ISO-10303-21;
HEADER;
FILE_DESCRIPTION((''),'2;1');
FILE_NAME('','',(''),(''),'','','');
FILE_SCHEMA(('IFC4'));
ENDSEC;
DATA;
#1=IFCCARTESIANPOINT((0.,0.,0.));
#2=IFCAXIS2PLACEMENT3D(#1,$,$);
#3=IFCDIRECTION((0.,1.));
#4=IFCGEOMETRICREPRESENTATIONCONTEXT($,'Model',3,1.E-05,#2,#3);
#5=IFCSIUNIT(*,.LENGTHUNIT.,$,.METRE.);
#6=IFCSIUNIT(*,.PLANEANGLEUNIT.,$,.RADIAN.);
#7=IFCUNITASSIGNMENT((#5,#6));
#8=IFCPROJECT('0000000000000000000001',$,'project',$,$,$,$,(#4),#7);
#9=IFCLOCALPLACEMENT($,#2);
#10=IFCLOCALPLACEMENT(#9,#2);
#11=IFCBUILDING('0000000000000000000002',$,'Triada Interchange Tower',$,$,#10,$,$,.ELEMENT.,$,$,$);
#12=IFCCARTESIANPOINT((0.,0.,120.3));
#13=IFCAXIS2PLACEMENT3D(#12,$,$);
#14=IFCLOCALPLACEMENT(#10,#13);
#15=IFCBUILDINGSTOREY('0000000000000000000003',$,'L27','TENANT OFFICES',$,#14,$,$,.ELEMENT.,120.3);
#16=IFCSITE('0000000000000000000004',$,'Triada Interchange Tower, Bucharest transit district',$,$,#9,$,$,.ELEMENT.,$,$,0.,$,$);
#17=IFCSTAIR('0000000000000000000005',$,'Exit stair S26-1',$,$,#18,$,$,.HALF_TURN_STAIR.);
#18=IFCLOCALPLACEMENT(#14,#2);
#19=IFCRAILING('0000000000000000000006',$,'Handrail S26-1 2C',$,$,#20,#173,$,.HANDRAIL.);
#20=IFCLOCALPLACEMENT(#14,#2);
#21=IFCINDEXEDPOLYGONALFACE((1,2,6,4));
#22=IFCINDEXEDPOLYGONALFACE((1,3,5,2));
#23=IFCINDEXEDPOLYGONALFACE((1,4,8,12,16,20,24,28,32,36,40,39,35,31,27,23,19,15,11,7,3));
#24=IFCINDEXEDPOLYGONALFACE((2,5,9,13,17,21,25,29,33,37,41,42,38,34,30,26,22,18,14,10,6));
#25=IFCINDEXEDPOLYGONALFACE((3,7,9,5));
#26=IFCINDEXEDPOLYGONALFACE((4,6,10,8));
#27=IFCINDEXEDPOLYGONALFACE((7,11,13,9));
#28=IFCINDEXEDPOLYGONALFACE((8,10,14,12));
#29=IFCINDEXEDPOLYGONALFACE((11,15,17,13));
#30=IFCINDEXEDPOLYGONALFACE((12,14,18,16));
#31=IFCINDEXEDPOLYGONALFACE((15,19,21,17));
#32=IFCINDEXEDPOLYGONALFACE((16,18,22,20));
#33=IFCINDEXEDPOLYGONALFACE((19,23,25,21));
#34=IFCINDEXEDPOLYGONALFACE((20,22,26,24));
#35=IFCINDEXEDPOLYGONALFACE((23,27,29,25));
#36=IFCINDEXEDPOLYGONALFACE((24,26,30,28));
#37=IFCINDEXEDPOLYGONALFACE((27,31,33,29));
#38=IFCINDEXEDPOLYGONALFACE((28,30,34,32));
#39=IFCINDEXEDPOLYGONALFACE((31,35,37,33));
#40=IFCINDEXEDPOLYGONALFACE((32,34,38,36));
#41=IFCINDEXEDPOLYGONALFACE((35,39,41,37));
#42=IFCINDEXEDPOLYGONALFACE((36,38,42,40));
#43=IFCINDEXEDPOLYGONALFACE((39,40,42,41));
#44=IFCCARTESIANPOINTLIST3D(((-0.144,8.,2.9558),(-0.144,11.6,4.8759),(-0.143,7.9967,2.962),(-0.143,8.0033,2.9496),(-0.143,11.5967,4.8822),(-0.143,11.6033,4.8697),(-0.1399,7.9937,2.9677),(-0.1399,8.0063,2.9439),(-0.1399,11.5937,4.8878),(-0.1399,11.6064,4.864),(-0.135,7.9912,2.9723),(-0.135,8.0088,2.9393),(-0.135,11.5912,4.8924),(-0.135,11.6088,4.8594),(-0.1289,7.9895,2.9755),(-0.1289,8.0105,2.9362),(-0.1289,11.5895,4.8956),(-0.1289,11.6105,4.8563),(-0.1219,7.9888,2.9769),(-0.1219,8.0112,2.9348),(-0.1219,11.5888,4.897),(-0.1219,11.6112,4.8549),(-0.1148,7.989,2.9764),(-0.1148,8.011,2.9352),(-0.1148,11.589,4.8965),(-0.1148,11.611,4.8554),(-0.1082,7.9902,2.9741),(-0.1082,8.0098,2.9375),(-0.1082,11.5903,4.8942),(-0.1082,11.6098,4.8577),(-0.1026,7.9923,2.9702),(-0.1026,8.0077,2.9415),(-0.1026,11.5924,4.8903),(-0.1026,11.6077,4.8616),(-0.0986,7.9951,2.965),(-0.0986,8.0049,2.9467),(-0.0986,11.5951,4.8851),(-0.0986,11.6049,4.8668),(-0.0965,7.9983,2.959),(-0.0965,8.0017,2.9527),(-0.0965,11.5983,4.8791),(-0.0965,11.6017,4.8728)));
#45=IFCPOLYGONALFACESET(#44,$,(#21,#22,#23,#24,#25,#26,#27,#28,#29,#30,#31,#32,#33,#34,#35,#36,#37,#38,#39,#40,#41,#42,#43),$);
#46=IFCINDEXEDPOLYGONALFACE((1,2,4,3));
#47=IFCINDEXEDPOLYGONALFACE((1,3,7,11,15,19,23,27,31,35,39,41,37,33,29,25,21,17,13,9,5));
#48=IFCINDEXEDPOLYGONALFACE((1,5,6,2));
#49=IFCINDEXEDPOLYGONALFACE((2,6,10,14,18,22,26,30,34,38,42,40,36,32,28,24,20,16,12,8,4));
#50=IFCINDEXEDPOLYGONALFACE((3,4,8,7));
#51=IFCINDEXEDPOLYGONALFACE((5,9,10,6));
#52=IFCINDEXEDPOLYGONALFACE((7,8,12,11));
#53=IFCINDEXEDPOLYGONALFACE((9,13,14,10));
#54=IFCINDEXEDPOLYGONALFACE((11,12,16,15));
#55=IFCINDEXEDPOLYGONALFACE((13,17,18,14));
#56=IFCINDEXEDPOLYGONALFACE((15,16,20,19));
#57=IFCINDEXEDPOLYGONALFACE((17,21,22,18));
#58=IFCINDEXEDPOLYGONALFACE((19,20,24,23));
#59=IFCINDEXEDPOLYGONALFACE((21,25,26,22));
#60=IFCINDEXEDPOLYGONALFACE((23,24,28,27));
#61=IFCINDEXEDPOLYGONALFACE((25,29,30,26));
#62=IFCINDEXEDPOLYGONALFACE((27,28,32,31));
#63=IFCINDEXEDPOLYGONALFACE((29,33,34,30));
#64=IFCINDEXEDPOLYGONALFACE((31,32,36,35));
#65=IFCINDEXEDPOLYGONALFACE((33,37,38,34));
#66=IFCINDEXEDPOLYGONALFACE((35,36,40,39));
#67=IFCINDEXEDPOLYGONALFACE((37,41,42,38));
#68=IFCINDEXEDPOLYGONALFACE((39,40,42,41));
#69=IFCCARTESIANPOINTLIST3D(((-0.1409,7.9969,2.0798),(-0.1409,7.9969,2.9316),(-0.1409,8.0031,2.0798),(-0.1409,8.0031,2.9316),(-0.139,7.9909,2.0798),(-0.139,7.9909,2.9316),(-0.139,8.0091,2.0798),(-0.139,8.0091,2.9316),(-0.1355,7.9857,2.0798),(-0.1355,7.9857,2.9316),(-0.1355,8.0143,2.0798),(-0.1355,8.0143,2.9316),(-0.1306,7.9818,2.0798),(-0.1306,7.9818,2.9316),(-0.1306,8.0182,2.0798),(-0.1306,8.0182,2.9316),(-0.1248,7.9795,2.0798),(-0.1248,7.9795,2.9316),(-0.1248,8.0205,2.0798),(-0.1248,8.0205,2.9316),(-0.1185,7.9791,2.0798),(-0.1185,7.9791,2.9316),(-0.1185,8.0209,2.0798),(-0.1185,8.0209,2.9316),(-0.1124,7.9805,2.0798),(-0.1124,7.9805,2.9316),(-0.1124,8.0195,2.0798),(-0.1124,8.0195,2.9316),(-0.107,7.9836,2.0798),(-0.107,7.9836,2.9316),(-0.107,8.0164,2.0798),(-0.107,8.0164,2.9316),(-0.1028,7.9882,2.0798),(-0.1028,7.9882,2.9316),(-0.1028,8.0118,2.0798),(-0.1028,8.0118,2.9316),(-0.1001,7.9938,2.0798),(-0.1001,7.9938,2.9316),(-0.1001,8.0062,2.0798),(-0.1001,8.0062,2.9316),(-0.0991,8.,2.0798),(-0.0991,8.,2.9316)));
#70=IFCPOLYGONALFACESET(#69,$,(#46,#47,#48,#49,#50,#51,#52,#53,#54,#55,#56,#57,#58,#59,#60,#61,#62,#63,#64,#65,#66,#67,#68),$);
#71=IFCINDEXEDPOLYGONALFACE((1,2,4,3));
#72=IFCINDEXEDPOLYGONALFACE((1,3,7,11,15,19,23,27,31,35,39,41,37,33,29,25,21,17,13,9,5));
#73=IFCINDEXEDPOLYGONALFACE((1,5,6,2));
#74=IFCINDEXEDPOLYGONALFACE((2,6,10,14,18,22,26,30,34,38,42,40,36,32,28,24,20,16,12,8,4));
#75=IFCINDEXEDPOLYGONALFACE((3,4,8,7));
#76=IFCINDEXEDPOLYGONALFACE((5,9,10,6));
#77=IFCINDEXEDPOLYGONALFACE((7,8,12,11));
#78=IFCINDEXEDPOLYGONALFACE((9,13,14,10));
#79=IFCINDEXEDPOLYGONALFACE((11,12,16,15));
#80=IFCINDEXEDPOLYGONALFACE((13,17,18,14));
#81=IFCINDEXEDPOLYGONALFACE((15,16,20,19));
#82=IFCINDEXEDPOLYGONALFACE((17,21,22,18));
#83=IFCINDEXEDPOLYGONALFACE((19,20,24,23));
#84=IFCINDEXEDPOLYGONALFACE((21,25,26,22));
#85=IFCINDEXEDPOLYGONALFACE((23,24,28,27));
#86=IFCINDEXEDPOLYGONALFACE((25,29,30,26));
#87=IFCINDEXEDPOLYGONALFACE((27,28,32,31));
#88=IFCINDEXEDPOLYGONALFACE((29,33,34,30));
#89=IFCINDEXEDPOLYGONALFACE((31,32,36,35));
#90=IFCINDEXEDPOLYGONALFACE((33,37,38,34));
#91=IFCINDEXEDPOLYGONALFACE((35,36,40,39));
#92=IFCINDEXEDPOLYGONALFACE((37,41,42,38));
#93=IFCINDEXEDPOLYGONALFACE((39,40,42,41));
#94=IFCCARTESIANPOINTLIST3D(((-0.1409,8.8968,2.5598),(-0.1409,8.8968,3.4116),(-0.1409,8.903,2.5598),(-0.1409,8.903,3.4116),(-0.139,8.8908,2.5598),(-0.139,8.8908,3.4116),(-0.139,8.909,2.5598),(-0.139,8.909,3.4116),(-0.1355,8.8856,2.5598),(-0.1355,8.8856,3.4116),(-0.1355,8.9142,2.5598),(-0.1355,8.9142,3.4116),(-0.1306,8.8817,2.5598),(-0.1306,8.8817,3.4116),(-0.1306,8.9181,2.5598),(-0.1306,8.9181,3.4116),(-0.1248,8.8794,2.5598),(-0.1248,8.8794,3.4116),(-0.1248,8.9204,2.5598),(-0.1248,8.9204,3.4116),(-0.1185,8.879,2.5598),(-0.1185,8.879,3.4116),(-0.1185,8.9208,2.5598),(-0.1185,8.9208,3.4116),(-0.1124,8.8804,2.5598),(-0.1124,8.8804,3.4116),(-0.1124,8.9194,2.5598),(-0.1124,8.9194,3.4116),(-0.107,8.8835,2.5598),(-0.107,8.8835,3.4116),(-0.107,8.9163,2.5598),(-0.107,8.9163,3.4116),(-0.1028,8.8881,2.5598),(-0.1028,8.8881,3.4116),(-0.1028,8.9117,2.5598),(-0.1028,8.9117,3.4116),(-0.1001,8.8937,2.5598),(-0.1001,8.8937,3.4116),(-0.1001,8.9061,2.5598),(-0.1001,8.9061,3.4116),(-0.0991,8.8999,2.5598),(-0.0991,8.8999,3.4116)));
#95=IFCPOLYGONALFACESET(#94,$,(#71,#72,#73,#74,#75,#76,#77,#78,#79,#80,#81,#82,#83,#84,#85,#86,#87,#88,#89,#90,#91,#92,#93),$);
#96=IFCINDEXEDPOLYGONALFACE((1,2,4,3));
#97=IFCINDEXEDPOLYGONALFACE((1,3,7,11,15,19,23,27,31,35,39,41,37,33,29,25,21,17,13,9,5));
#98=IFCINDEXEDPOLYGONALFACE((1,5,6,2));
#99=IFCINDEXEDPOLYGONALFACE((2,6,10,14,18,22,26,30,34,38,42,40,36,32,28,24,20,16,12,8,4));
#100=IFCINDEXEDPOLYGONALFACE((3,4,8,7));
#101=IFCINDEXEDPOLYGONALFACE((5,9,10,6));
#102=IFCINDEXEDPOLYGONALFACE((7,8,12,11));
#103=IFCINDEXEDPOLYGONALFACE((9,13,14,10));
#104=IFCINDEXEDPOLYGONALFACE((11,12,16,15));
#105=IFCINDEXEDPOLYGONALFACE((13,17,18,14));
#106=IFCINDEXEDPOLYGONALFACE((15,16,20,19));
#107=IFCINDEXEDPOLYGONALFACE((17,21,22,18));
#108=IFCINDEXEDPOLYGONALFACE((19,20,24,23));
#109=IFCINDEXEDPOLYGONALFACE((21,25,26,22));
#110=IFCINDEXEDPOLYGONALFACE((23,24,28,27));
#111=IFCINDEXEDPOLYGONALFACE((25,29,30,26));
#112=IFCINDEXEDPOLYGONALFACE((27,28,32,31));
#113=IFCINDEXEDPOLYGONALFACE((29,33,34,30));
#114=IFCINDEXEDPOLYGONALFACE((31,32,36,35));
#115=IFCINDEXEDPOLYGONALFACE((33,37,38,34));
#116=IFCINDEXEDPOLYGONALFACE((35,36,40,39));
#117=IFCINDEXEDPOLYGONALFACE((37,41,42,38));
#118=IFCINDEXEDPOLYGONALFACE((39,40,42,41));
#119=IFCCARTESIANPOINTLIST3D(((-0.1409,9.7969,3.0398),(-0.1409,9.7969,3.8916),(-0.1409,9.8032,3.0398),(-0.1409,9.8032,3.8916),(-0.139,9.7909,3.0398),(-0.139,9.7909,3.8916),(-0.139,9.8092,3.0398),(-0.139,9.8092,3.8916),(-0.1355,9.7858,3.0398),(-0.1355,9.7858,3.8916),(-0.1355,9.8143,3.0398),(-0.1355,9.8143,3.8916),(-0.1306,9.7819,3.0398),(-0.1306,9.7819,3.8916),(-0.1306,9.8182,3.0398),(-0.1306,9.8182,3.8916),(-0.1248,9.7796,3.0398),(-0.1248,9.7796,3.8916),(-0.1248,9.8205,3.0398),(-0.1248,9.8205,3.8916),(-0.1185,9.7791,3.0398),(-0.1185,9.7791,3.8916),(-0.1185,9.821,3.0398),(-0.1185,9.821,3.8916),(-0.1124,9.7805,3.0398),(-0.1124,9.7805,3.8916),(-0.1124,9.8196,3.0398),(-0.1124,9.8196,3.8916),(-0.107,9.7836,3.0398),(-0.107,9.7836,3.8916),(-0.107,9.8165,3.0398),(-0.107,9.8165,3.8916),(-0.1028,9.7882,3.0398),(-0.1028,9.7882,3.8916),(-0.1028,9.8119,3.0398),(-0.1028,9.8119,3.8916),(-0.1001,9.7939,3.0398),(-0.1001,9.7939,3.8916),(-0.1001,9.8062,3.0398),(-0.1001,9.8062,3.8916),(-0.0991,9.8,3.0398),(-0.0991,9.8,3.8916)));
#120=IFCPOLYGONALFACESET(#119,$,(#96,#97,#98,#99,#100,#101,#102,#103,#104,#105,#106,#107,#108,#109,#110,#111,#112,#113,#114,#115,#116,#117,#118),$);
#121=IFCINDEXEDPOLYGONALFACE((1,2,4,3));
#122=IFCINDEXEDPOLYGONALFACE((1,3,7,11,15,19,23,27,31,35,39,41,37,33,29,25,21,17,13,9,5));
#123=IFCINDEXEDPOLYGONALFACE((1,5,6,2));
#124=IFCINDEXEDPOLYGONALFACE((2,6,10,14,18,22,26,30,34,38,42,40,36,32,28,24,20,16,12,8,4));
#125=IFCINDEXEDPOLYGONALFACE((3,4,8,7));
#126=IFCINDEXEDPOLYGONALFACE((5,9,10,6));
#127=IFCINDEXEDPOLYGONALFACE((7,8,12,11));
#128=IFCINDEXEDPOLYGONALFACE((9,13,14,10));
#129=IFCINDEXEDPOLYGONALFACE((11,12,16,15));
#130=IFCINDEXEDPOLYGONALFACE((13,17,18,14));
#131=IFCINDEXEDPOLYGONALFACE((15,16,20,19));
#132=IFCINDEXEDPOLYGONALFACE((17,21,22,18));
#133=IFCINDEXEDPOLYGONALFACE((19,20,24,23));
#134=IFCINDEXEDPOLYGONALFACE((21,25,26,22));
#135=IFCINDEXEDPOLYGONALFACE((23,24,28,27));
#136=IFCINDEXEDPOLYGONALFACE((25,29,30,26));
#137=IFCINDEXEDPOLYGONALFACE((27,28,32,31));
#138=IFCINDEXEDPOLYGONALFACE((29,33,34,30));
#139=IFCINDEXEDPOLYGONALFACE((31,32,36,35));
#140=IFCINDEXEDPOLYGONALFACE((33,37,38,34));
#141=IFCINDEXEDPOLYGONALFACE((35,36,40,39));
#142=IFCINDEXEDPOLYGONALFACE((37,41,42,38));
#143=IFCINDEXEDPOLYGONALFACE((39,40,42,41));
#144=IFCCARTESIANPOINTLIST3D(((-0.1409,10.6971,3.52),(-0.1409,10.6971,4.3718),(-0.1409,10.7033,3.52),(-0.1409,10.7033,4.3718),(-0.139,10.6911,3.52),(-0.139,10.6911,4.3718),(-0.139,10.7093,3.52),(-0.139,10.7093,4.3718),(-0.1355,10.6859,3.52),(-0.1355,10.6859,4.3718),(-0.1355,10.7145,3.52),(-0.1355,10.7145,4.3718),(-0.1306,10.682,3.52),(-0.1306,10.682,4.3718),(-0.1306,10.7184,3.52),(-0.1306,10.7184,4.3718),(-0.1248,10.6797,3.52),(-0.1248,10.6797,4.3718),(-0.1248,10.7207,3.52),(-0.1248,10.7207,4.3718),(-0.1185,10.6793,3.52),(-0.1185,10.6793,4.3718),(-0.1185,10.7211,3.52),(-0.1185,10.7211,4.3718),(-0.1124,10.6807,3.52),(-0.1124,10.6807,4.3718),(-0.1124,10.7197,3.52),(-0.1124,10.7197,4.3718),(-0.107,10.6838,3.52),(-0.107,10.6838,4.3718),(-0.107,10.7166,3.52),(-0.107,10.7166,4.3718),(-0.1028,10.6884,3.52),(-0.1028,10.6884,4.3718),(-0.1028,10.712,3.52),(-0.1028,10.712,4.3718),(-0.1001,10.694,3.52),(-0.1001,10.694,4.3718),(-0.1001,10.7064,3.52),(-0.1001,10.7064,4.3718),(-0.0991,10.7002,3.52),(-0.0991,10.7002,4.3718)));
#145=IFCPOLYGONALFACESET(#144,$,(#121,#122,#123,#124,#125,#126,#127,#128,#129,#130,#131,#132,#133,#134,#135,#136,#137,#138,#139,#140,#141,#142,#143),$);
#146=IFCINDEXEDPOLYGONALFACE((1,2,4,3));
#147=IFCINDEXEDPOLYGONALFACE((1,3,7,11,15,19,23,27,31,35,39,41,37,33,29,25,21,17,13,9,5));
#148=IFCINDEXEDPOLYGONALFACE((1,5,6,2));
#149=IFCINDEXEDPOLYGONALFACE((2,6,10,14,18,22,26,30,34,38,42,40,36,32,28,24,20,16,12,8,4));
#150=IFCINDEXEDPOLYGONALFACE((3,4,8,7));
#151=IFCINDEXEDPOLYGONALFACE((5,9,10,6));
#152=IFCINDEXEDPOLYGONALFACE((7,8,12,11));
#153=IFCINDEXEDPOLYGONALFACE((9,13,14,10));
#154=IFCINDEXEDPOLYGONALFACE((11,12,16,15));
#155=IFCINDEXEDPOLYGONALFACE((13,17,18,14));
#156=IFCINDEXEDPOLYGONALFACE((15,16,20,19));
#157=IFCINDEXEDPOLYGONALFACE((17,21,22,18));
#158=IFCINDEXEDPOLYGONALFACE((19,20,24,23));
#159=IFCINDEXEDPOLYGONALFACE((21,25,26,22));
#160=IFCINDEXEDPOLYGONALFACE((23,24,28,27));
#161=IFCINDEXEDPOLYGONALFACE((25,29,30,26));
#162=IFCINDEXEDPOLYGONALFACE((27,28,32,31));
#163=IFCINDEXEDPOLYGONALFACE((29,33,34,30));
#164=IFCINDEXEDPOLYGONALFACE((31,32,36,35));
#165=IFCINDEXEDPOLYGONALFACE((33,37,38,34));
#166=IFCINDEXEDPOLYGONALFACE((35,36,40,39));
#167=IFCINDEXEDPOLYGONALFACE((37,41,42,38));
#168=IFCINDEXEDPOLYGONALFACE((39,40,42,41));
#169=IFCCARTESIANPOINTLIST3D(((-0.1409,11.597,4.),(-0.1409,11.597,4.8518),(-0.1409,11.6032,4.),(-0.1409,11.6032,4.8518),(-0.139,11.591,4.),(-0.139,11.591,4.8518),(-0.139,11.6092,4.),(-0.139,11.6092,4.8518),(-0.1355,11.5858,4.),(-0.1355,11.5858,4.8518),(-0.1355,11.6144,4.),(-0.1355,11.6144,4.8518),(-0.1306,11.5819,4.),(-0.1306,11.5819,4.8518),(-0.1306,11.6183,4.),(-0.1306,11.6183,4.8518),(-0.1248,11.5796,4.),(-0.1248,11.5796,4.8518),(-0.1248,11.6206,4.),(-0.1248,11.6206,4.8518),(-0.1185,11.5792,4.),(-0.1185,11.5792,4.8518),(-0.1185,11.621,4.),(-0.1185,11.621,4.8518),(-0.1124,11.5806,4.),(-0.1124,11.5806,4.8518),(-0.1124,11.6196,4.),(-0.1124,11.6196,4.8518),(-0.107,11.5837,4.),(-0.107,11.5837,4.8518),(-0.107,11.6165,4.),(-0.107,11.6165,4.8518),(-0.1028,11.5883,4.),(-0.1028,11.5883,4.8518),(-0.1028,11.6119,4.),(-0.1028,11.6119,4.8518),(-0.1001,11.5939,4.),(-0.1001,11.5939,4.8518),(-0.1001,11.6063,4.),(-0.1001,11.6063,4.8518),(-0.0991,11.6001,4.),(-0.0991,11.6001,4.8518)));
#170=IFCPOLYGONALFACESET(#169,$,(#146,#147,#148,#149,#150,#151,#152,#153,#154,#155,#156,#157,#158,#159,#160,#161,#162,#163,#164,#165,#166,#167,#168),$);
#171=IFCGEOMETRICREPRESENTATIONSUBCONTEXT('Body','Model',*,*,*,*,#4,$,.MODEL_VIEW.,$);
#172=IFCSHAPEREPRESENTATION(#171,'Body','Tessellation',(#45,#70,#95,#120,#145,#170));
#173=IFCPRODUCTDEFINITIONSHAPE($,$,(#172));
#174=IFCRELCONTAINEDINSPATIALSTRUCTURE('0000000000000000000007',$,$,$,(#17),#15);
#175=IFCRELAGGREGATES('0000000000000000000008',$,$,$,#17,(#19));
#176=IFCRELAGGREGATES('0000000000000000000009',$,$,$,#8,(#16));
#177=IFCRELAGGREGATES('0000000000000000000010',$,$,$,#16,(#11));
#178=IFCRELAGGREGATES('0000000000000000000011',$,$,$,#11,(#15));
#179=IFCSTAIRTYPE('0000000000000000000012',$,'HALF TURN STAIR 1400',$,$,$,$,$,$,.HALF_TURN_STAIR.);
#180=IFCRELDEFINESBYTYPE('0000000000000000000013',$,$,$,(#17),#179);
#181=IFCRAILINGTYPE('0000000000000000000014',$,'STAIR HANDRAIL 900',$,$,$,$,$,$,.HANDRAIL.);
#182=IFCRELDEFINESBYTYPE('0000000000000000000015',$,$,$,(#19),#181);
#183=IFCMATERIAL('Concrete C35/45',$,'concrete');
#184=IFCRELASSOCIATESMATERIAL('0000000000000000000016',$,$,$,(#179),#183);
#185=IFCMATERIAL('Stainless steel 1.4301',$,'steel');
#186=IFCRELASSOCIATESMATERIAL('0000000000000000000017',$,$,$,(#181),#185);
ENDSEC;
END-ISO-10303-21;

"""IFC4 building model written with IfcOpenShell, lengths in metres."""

from ifc_helpers import new_model, si_unit, direction, frame, origin, origin_2d, place, context, subcontext, project, spatial, circle, extrude, material, type_object, element, aggregate, save


model = new_model("IFC4")

# Units and contexts
model_context = context("Model", 3, precision=1e-05, world=origin(), true_north=direction((0.0, 1.0)))
body_context = subcontext(model_context, "Body", "Model", "MODEL_VIEW")
ifc_project = project(units=[si_unit("LENGTHUNIT", "METRE"), si_unit("PLANEANGLEUNIT", "RADIAN")], contexts=[model_context])

# Site, building, storey
site_placement = place(None, origin())
site = spatial("IfcSite", under=ifc_project, at=site_placement, Name="Triada Interchange Tower, Bucharest transit district", CompositionType="ELEMENT", RefElevation=0.0)
building_placement = place(site_placement, origin())
building = spatial("IfcBuilding", under=site, at=building_placement, Name="Triada Interchange Tower", CompositionType="ELEMENT")
storey_placement = place(building_placement, frame((0.0, 0.0, 120.3)))
storey = spatial("IfcBuildingStorey", under=building, at=storey_placement, Name="L27", Description="TENANT OFFICES", CompositionType="ELEMENT", Elevation=120.3)

# Stair, railing
ifc_material_1 = material(Name="Concrete C35/45", Category="concrete")
stair_type = type_object("IfcStairType", Name="HALF TURN STAIR 1400", PredefinedType="HALF_TURN_STAIR", material=ifc_material_1)
stair_placement = place(storey_placement, origin())
stair = element("IfcStair", 1, at=stair_placement, inside=storey, type_object=stair_type, Name="Exit stair S26-1", PredefinedType="HALF_TURN_STAIR")
ifc_material_2 = material(Name="Stainless steel 1.4301", Category="steel")
railing_type = type_object("IfcRailingType", Name="STAIR HANDRAIL 900", PredefinedType="HANDRAIL", material=ifc_material_2)
railing_1_placement = place(storey_placement, frame((-0.1201, 8.0, 2.0798)))
railing_1 = element("IfcRailing", 2, at=railing_1_placement, type_object=railing_type, Name="Handrail S26-1 2C", PredefinedType="HANDRAIL", context=body_context, shape_type="SweptSolid", body=[
    extrude(circle(Radius=0.0239, at=origin_2d()), frame((0.0, 0.0, 0.876), z_axis=(0.0, 0.882341, 0.47061), x_axis=(-1.0, 0.0, 0.0)), (0.0, 0.0, 1.0), 4.0801),
    extrude(circle(Radius=0.021, at=origin_2d()), origin(), (0.0, 0.0, 1.0), 0.8518),
    extrude(circle(Radius=0.021, at=origin_2d()), frame((0.0, 0.8999, 0.48)), (0.0, 0.0, 1.0), 0.8518),
    extrude(circle(Radius=0.021, at=origin_2d()), frame((0.0, 1.8, 0.96)), (0.0, 0.0, 1.0), 0.8518),
    extrude(circle(Radius=0.021, at=origin_2d()), frame((0.0, 2.7002, 1.4402)), (0.0, 0.0, 1.0), 0.8518),
    extrude(circle(Radius=0.021, at=origin_2d()), frame((0.0, 3.6001, 1.9202)), (0.0, 0.0, 1.0), 0.8518),
])
aggregate(stair, [railing_1])

save(model, "model.ifc")
